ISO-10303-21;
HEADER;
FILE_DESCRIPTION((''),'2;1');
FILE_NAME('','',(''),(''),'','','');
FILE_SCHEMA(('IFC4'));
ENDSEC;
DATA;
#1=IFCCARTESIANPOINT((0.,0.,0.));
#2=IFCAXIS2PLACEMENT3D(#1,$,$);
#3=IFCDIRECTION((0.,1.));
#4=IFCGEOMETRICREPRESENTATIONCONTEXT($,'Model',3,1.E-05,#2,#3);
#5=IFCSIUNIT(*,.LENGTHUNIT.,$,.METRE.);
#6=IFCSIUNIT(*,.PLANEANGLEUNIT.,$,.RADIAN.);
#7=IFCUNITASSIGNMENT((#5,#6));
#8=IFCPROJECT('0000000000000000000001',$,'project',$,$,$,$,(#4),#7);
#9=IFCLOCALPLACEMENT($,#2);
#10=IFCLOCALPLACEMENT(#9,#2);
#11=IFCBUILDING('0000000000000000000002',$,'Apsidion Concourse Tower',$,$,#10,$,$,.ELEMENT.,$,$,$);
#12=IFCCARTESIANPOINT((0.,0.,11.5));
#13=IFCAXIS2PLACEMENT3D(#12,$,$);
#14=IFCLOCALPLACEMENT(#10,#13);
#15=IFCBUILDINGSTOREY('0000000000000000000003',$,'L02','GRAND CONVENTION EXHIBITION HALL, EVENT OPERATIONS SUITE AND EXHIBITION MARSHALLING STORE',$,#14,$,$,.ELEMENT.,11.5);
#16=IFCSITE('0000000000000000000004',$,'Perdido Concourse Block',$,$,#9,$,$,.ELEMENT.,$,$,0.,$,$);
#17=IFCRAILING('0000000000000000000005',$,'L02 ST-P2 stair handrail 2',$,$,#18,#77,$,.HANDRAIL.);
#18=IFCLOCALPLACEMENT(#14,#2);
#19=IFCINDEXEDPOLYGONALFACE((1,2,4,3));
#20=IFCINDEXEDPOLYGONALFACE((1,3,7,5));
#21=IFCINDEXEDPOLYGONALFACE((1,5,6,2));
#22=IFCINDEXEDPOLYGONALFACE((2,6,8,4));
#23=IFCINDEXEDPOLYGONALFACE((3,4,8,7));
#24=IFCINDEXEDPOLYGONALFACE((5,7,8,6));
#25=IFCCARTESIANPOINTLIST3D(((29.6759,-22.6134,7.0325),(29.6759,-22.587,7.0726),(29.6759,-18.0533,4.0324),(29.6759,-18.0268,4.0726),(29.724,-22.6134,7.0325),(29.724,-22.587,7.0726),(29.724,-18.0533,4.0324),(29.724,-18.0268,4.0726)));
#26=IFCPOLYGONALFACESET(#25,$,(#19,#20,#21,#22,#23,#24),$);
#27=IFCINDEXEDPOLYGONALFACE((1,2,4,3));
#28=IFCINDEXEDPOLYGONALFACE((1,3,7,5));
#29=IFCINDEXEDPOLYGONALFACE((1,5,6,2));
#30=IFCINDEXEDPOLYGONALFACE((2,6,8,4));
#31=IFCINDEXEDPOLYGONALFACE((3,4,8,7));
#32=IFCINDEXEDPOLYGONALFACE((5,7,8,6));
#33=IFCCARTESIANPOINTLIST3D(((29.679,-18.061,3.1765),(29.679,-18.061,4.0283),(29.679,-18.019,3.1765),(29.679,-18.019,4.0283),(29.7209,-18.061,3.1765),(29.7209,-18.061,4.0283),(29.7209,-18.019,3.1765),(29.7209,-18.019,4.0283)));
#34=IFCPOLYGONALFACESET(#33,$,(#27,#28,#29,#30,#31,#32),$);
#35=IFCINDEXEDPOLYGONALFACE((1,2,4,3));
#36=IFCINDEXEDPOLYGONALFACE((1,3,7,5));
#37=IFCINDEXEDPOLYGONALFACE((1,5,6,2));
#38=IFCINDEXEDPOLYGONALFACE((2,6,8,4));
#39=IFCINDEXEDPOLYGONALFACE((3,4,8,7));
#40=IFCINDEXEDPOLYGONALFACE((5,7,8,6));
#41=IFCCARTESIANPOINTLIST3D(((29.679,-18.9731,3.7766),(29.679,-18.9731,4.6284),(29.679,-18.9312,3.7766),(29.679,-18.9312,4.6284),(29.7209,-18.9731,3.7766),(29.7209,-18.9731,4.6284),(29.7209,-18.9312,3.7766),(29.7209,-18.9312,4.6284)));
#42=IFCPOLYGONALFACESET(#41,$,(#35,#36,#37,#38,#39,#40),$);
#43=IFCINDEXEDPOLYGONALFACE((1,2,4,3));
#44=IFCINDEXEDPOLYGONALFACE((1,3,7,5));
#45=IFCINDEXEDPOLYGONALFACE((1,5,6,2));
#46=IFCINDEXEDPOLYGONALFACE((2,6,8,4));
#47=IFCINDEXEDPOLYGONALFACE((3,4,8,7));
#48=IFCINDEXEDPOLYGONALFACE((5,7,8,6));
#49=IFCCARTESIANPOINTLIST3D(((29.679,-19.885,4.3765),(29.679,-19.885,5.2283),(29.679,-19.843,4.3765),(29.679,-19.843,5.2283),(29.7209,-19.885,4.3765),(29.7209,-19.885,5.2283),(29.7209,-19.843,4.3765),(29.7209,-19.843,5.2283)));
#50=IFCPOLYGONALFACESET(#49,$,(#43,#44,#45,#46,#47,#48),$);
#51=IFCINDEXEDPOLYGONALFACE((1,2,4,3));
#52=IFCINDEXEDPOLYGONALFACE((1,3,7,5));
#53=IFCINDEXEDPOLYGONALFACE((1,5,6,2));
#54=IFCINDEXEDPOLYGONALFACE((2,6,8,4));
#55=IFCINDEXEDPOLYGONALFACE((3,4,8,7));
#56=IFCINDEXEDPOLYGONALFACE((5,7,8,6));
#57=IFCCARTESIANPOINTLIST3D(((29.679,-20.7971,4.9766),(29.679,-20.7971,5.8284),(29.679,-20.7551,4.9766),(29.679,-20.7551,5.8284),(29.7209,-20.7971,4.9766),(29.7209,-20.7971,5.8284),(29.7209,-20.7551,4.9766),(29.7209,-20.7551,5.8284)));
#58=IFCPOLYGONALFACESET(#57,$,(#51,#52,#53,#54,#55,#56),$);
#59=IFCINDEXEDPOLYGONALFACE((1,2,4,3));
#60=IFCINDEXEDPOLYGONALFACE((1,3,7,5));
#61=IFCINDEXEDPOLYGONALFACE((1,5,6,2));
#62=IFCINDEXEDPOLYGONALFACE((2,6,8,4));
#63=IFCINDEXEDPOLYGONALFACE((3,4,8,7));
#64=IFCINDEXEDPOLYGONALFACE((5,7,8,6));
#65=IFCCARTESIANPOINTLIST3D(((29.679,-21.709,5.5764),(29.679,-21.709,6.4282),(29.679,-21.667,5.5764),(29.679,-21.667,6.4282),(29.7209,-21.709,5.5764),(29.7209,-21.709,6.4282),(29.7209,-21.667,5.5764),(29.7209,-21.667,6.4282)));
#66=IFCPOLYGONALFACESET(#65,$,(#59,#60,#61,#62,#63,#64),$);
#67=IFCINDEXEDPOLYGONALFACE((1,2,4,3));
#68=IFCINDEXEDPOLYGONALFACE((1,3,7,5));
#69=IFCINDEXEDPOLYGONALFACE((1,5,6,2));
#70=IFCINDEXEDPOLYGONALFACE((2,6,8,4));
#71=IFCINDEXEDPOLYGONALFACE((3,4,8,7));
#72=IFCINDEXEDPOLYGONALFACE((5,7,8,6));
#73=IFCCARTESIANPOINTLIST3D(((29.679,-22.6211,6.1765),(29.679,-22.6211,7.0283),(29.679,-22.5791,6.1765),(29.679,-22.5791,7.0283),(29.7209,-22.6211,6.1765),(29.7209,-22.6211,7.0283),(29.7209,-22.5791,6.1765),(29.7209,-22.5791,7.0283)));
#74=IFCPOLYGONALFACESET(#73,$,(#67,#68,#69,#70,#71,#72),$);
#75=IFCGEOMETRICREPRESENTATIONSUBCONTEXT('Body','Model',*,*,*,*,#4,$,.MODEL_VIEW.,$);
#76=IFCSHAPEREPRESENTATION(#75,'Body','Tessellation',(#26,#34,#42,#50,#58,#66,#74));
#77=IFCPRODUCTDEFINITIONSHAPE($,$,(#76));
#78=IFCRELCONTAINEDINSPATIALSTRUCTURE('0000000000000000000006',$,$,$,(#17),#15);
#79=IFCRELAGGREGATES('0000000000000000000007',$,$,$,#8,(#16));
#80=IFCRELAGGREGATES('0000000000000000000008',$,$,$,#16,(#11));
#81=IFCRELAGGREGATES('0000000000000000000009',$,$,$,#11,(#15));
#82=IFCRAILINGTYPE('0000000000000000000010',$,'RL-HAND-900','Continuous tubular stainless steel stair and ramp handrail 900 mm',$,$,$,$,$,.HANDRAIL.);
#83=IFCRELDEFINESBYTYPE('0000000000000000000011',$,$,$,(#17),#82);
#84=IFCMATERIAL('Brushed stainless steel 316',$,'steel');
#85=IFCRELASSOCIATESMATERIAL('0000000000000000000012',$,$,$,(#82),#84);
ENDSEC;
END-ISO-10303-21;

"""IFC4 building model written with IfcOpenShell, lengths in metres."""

from ifc_helpers import new_model, si_unit, direction, frame, origin, origin_2d, place, context, subcontext, project, spatial, rectangle, extrude, material, type_object, element, save


model = new_model("IFC4")

# Units and contexts
model_context = context("Model", 3, precision=1e-05, world=origin(), true_north=direction((0.0, 1.0)))
body_context = subcontext(model_context, "Body", "Model", "MODEL_VIEW")
ifc_project = project(units=[si_unit("LENGTHUNIT", "METRE"), si_unit("PLANEANGLEUNIT", "RADIAN")], contexts=[model_context])

# Site, building, storey
site_placement = place(None, origin())
site = spatial("IfcSite", under=ifc_project, at=site_placement, Name="Perdido Concourse Block", CompositionType="ELEMENT", RefElevation=0.0)
building_placement = place(site_placement, origin())
building = spatial("IfcBuilding", under=site, at=building_placement, Name="Apsidion Concourse Tower", CompositionType="ELEMENT")
storey_placement = place(building_placement, frame((0.0, 0.0, 11.5)))
storey = spatial("IfcBuildingStorey", under=building, at=storey_placement, Name="L02", Description="GRAND CONVENTION EXHIBITION HALL, EVENT OPERATIONS SUITE AND EXHIBITION MARSHALLING STORE", CompositionType="ELEMENT", Elevation=11.5)

# Shared definitions
ifc_material_1 = material(Name="Brushed stainless steel 316", Category="steel")

# Railing
railing_type_1 = type_object("IfcRailingType", Name="RL-HAND-900", Description="Continuous tubular stainless steel stair and ramp handrail 900 mm", PredefinedType="HANDRAIL", material=ifc_material_1)
railing_1_placement = place(storey_placement, frame((29.7, -18.04, 3.1765)))
element("IfcRailing", 1, at=railing_1_placement, inside=storey, type_object=railing_type_1, Name="L02 ST-P2 stair handrail 2", PredefinedType="HANDRAIL", context=body_context, shape_type="SweptSolid", body=[
    extrude(rectangle(XDim=0.0481, YDim=0.0481, at=origin_2d()), frame((0.0, 0.0, 0.876), z_axis=(0.0, -0.83542, 0.549612), x_axis=(1.0, 0.0, 0.0)), (0.0, 0.0, 1.0), 5.4585),
    extrude(rectangle(XDim=0.042, YDim=0.042, at=origin_2d()), origin(), (0.0, 0.0, 1.0), 0.8518),
    extrude(rectangle(XDim=0.042, YDim=0.042, at=origin_2d()), frame((0.0, -0.9121, 0.6001)), (0.0, 0.0, 1.0), 0.8518),
    extrude(rectangle(XDim=0.042, YDim=0.042, at=origin_2d()), frame((0.0, -1.824, 1.2)), (0.0, 0.0, 1.0), 0.8518),
    extrude(rectangle(XDim=0.042, YDim=0.042, at=origin_2d()), frame((0.0, -2.7361, 1.8)), (0.0, 0.0, 1.0), 0.8518),
    extrude(rectangle(XDim=0.042, YDim=0.042, at=origin_2d()), frame((0.0, -3.6479, 2.3999)), (0.0, 0.0, 1.0), 0.8518),
    extrude(rectangle(XDim=0.042, YDim=0.042, at=origin_2d()), frame((0.0, -4.5601, 3.0)), (0.0, 0.0, 1.0), 0.8518),
])

save(model, "model.ifc")
